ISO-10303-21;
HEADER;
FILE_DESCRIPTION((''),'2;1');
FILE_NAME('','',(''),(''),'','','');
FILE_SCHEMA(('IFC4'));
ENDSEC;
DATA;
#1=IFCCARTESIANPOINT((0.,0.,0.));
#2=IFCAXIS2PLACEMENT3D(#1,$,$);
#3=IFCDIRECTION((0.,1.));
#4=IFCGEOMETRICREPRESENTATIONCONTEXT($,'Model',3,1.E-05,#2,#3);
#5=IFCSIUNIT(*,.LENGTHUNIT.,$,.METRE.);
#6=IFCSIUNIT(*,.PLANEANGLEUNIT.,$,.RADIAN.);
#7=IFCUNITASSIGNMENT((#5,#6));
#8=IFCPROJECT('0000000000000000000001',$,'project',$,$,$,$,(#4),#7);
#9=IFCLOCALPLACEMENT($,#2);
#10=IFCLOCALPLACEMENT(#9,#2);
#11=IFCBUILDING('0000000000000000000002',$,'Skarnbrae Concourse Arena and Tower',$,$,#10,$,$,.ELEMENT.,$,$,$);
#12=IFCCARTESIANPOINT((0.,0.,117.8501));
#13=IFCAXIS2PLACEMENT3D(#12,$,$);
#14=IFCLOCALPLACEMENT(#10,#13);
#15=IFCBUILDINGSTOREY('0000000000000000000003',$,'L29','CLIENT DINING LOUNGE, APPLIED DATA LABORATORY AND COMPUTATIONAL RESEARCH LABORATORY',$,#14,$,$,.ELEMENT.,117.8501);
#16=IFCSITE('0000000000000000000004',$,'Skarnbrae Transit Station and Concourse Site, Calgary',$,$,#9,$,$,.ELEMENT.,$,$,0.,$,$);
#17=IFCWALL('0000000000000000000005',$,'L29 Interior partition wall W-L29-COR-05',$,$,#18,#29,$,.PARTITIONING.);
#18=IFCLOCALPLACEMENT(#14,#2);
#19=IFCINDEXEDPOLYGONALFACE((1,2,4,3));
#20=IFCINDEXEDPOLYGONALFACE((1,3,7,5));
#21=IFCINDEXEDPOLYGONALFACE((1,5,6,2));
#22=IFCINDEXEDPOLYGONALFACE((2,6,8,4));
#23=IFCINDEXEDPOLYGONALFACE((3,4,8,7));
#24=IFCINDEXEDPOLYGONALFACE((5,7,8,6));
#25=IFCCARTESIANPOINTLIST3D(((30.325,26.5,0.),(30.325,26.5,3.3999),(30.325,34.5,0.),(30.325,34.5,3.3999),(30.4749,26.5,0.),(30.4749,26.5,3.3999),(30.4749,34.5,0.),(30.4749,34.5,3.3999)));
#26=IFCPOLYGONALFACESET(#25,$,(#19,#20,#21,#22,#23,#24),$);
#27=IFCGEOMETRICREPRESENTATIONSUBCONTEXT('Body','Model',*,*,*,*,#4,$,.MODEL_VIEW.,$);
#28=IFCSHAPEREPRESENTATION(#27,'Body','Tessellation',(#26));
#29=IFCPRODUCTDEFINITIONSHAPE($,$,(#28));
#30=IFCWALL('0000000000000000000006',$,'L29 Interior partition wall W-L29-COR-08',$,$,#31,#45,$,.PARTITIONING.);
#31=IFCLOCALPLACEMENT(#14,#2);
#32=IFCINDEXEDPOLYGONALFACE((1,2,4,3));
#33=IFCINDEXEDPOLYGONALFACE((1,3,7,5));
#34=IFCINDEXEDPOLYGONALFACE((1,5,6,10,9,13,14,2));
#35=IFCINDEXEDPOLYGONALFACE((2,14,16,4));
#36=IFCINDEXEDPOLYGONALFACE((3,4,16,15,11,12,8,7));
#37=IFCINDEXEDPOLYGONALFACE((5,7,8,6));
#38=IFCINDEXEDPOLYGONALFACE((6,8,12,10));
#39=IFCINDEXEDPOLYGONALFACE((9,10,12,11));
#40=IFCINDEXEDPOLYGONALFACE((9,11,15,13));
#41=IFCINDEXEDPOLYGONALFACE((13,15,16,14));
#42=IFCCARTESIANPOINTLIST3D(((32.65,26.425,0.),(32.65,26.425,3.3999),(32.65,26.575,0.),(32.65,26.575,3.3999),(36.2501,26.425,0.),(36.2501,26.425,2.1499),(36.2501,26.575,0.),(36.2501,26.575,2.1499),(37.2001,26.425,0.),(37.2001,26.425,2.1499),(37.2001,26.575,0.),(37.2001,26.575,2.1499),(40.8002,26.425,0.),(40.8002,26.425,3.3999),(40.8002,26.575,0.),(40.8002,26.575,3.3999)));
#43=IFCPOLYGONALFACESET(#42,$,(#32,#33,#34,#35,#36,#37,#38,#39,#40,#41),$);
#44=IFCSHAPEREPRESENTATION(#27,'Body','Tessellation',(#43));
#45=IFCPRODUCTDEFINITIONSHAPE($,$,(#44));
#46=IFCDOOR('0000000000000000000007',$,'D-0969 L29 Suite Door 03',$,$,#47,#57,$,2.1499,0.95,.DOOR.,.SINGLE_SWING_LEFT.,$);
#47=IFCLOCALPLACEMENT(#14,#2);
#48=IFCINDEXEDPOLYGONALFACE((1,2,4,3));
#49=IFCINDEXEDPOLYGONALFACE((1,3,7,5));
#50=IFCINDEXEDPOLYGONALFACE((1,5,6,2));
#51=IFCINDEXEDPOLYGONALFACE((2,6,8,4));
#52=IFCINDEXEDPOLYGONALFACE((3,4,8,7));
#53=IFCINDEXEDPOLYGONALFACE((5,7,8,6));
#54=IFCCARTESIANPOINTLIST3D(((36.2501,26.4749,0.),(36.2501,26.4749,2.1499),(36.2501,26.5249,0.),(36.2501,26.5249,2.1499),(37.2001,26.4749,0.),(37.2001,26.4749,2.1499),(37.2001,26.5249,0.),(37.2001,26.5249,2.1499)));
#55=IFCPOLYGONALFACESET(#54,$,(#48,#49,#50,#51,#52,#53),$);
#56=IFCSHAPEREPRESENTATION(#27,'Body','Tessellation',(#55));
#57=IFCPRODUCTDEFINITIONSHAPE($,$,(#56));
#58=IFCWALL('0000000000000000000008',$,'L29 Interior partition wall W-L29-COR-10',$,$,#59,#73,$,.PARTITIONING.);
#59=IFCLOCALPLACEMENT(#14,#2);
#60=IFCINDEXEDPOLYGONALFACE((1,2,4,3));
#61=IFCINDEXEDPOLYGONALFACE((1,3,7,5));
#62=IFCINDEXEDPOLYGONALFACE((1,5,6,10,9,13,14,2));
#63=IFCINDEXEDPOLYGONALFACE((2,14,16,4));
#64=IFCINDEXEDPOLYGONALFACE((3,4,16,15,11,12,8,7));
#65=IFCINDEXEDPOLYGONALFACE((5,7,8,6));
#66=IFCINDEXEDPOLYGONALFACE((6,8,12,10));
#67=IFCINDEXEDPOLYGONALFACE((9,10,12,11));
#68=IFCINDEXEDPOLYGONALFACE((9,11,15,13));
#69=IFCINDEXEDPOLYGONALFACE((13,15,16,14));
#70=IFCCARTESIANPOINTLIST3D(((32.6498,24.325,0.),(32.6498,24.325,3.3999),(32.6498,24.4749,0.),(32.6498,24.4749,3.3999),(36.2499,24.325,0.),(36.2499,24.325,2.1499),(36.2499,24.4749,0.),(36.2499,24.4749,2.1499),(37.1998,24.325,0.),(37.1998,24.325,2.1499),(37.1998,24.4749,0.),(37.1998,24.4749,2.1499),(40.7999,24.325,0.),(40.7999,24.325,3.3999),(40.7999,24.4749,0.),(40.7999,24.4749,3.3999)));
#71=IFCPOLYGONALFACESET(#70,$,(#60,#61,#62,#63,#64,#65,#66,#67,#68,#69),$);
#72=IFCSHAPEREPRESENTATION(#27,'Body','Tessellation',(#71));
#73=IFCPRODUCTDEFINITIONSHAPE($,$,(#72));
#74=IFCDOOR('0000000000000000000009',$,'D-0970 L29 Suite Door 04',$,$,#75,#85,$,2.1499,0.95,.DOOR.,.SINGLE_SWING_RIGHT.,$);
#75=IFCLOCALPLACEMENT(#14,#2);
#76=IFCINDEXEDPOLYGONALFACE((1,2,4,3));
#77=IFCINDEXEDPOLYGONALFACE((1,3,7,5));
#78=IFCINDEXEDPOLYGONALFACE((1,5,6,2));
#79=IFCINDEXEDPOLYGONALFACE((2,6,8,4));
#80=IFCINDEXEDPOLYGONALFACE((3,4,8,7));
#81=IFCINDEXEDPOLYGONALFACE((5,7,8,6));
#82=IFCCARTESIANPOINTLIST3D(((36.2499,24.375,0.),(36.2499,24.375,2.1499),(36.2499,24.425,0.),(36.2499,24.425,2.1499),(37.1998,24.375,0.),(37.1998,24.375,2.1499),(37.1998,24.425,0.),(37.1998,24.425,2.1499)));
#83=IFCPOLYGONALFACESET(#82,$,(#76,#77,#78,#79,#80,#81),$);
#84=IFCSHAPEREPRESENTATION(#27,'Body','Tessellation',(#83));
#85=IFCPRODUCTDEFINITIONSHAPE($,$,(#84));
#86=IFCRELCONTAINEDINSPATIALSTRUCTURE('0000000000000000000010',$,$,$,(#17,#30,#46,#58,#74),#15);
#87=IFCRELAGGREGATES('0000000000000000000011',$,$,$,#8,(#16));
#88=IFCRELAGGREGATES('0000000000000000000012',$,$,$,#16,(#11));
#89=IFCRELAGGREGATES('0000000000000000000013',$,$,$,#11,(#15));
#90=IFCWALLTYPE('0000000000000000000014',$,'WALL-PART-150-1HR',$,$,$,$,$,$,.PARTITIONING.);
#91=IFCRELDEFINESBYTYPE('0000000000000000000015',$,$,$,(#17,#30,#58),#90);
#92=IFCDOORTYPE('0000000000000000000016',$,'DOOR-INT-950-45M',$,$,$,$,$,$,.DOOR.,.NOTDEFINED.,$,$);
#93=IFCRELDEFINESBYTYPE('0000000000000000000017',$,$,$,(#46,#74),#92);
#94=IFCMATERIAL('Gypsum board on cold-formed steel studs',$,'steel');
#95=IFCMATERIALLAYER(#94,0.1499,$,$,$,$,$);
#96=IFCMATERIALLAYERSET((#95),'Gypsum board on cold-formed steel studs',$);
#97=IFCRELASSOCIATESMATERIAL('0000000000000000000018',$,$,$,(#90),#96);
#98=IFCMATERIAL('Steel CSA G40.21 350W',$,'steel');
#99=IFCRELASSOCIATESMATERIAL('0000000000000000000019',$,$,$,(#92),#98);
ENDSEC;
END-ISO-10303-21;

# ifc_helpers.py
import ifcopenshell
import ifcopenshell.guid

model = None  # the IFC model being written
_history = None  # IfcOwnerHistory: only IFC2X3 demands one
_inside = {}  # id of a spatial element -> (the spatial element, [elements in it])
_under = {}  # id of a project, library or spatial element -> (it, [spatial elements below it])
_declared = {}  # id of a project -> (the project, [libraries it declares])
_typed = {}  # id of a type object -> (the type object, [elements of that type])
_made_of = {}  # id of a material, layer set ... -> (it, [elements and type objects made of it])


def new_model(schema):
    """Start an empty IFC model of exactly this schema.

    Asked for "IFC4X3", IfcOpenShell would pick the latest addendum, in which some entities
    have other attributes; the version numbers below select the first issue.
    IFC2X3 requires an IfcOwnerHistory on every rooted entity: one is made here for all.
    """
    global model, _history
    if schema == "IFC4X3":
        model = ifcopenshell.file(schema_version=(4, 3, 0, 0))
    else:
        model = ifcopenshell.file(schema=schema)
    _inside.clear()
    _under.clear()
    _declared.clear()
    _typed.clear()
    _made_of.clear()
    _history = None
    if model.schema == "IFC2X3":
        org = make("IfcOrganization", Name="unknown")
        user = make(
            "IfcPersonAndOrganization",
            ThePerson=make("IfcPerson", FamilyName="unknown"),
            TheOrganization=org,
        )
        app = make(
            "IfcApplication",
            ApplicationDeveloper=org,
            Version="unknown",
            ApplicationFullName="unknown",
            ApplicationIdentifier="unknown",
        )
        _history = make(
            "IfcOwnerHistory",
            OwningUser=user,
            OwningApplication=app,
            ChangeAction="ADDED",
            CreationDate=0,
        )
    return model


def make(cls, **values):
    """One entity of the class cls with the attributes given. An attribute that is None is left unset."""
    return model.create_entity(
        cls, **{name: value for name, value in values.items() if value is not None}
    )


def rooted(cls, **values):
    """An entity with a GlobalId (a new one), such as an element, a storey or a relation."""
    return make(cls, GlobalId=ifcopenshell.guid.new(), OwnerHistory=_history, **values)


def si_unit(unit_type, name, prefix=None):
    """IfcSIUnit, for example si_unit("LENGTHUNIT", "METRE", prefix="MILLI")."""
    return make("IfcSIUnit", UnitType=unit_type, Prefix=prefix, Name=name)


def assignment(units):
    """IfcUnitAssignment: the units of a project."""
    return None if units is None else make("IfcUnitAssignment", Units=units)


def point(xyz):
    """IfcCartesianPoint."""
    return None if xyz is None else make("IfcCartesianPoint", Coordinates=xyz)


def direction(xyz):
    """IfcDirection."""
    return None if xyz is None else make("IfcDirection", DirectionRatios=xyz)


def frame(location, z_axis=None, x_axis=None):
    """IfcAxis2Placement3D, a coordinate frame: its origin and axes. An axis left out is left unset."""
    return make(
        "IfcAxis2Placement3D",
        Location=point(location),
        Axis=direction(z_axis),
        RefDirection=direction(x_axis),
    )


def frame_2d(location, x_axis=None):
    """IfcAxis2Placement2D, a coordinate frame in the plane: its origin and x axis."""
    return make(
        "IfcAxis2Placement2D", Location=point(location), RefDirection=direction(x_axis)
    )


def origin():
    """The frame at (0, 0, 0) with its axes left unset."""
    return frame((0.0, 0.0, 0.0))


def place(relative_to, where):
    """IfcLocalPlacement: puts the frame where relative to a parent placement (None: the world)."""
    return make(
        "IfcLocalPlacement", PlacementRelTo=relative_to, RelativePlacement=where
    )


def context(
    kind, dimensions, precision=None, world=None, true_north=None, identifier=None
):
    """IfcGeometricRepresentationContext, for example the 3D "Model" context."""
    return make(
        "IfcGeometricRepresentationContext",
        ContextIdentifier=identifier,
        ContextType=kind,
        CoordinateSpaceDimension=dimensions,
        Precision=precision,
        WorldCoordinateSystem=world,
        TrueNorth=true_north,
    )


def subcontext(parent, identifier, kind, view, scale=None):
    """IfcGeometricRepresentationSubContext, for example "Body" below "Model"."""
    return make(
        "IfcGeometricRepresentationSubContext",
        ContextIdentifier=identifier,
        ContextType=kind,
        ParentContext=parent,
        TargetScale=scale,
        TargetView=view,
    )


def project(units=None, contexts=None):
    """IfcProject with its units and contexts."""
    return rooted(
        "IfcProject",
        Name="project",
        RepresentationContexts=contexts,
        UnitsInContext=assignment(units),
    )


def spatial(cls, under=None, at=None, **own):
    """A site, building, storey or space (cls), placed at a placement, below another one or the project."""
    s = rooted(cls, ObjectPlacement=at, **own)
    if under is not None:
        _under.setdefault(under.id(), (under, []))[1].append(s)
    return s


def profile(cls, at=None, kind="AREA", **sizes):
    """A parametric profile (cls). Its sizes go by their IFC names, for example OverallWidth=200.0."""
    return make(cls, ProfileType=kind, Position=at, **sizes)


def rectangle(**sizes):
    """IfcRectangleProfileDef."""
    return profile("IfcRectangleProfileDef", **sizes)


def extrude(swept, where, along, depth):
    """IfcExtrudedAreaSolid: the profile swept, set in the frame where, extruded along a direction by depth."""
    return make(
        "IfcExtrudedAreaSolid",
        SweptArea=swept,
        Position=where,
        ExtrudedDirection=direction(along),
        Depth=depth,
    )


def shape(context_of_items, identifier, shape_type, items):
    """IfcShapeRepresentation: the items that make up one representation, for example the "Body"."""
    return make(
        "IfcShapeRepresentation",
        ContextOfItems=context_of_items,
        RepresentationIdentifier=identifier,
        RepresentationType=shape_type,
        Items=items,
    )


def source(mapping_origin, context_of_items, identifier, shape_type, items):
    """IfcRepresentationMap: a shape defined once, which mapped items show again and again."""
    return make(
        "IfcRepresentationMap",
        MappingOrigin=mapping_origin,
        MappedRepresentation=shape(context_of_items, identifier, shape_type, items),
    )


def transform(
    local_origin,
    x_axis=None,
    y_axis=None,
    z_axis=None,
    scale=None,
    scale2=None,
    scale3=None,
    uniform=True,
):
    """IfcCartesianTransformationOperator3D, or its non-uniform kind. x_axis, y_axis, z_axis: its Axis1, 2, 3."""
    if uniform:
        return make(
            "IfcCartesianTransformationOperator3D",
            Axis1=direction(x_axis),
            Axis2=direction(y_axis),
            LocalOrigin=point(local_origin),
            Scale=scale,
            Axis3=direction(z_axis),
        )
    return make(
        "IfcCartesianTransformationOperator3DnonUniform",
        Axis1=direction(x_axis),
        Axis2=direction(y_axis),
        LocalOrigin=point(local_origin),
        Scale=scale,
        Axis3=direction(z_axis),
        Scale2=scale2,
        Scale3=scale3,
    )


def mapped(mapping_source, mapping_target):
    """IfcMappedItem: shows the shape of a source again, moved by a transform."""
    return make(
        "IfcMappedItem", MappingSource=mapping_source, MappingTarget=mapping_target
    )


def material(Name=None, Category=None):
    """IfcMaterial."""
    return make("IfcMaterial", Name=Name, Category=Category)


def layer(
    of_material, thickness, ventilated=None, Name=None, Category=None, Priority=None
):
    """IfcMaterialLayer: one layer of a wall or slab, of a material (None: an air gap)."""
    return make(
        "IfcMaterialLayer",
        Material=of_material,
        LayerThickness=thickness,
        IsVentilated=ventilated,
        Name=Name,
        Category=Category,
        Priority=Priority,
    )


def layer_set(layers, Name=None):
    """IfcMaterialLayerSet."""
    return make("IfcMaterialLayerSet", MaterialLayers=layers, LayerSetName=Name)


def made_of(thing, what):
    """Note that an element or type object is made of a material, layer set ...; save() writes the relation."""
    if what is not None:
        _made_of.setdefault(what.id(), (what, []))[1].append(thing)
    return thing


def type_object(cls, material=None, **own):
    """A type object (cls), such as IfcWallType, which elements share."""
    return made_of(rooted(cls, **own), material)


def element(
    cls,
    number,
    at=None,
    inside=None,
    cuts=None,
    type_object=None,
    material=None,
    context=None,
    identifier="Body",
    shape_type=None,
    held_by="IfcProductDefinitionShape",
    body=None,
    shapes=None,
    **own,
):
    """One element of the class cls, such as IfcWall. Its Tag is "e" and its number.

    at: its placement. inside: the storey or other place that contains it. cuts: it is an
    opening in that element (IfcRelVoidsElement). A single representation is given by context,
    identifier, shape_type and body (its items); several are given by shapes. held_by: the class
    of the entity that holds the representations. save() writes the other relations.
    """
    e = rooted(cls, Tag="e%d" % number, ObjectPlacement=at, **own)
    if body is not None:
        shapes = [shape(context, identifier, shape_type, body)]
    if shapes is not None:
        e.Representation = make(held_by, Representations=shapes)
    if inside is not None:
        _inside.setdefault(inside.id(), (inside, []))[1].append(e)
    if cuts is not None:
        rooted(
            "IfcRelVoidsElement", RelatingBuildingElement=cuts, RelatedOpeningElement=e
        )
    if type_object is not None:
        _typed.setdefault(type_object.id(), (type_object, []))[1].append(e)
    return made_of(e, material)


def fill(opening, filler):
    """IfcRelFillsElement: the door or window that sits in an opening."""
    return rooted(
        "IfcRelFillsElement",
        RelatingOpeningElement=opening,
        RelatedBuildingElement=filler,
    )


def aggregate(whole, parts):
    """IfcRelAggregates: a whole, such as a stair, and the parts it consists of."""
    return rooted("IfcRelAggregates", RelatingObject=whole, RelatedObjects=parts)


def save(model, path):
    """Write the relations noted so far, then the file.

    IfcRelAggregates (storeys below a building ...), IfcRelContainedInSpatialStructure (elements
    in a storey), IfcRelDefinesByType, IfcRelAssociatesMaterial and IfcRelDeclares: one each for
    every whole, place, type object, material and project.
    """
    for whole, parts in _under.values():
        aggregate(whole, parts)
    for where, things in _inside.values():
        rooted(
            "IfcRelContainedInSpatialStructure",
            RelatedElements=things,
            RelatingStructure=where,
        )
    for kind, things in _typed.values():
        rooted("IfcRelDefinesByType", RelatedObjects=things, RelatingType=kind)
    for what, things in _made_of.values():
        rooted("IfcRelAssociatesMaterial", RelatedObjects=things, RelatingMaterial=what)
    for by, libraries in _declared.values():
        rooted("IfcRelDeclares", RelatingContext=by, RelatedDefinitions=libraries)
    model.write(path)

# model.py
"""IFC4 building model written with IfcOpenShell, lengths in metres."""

from ifc_helpers import new_model, si_unit, direction, frame, frame_2d, origin, place, context, subcontext, project, spatial, rectangle, extrude, source, transform, mapped, material, layer, layer_set, type_object, element, fill, save


model = new_model("IFC4")

# Units and contexts
model_context = context("Model", 3, precision=1e-05, world=origin(), true_north=direction((0.0, 1.0)))
body_context = subcontext(model_context, "Body", "Model", "MODEL_VIEW")
ifc_project = project(units=[si_unit("LENGTHUNIT", "METRE"), si_unit("PLANEANGLEUNIT", "RADIAN")], contexts=[model_context])

# Site, building, storey
site_placement = place(None, origin())
site = spatial("IfcSite", under=ifc_project, at=site_placement, Name="Skarnbrae Transit Station and Concourse Site, Calgary", CompositionType="ELEMENT", RefElevation=0.0)
building_placement = place(site_placement, origin())
building = spatial("IfcBuilding", under=site, at=building_placement, Name="Skarnbrae Concourse Arena and Tower", CompositionType="ELEMENT")
storey_placement = place(building_placement, frame((0.0, 0.0, 117.8501)))
storey = spatial("IfcBuildingStorey", under=building, at=storey_placement, Name="L29", Description="CLIENT DINING LOUNGE, APPLIED DATA LABORATORY AND COMPUTATIONAL RESEARCH LABORATORY", CompositionType="ELEMENT", Elevation=117.8501)

# Shared definitions
ifc_material_1 = material(Name="Steel CSA G40.21 350W", Category="steel")

# Wall
ifc_material_2 = material(Name="Gypsum board on cold-formed steel studs", Category="steel")
ifc_layer = layer(ifc_material_2, 0.1499)
ifc_layer_set = layer_set([ifc_layer], Name="Gypsum board on cold-formed steel studs")
wall_type = type_object("IfcWallType", Name="WALL-PART-150-1HR", PredefinedType="PARTITIONING", material=ifc_layer_set)
shared_shape_1 = source(origin(), body_context, "Body", "SweptSolid", [
    extrude(rectangle(XDim=8.0, YDim=0.1499, at=frame_2d((4.0, 0.0))), origin(), (0.0, 0.0, 1.0), 3.3999),
])
wall_1_placement = place(storey_placement, frame((30.3999, 26.5, 0.0), z_axis=(0.0, 0.0, 1.0), x_axis=(0.0, 1.0, 0.0)))
element("IfcWall", 1, at=wall_1_placement, inside=storey, type_object=wall_type, Name="L29 Interior partition wall W-L29-COR-05", PredefinedType="PARTITIONING", context=body_context, shape_type="MappedRepresentation", body=[
    mapped(shared_shape_1, transform((0.0, 0.0, 0.0))),
])

# Walls, openings, doors
shared_shape_2 = source(origin(), body_context, "Body", "SweptSolid", [
    extrude(rectangle(XDim=8.1501, YDim=0.1499, at=frame_2d((4.0752, 0.0))), origin(), (0.0, 0.0, 1.0), 3.3999),
])
wall_2_placement = place(storey_placement, frame((32.6499, 26.5, 0.0), z_axis=(0.0, 0.0, 1.0), x_axis=(1.0, 0.0, 0.0)))
wall_2 = element("IfcWall", 2, at=wall_2_placement, inside=storey, type_object=wall_type, Name="L29 Interior partition wall W-L29-COR-08", PredefinedType="PARTITIONING", context=body_context, shape_type="MappedRepresentation", body=[
    mapped(shared_shape_2, transform((0.0, 0.0, 0.0))),
])
opening_1_placement = place(wall_2_placement, frame((3.6001, 0.0, 0.0)))
opening_1 = element("IfcOpeningElement", 3, at=opening_1_placement, cuts=wall_2, PredefinedType="OPENING", context=body_context, shape_type="SweptSolid", body=[
    extrude(rectangle(XDim=0.95, YDim=2.1499, at=frame_2d((0.4751, 1.075))), frame((0.0, 0.085, 0.0), z_axis=(0.0, -1.0, 0.0), x_axis=(1.0, 0.0, 0.0)), (0.0, 0.0, 1.0), 0.1699),
])
door_type = type_object("IfcDoorType", Name="DOOR-INT-950-45M", OperationType="NOTDEFINED", PredefinedType="DOOR", material=ifc_material_1)
shared_shape_3 = source(origin(), body_context, "Body", "SweptSolid", [
    extrude(rectangle(XDim=0.95, YDim=2.1499, at=frame_2d((0.4751, 1.075))), frame((0.0, 0.0249, 0.0), z_axis=(0.0, -1.0, 0.0), x_axis=(1.0, 0.0, 0.0)), (0.0, 0.0, 1.0), 0.05),
])
door_1_placement = place(opening_1_placement, origin())
door_1 = element("IfcDoor", 4, at=door_1_placement, inside=storey, type_object=door_type, Name="D-0969 L29 Suite Door 03", OperationType="SINGLE_SWING_LEFT", OverallHeight=2.1499, OverallWidth=0.95, PredefinedType="DOOR", context=body_context, shape_type="MappedRepresentation", body=[
    mapped(shared_shape_3, transform((0.0, 0.0, 0.0))),
])
fill(opening_1, door_1)
wall_3_placement = place(storey_placement, frame((40.8, 24.3999, 0.0), z_axis=(0.0, 0.0, 1.0), x_axis=(-1.0, 0.0, 0.0)))
wall_3 = element("IfcWall", 5, at=wall_3_placement, inside=storey, type_object=wall_type, Name="L29 Interior partition wall W-L29-COR-10", PredefinedType="PARTITIONING", context=body_context, shape_type="MappedRepresentation", body=[
    mapped(shared_shape_2, transform((0.0, 0.0, 0.0))),
])
opening_2_placement = place(wall_3_placement, frame((3.6001, 0.0, 0.0)))
opening_2 = element("IfcOpeningElement", 6, at=opening_2_placement, cuts=wall_3, PredefinedType="OPENING", context=body_context, shape_type="SweptSolid", body=[
    extrude(rectangle(XDim=0.95, YDim=2.1499, at=frame_2d((0.4751, 1.075))), frame((0.0, 0.085, 0.0), z_axis=(0.0, -1.0, 0.0), x_axis=(1.0, 0.0, 0.0)), (0.0, 0.0, 1.0), 0.1699),
])
door_2_placement = place(opening_2_placement, origin())
door_2 = element("IfcDoor", 7, at=door_2_placement, inside=storey, type_object=door_type, Name="D-0970 L29 Suite Door 04", OperationType="SINGLE_SWING_RIGHT", OverallHeight=2.1499, OverallWidth=0.95, PredefinedType="DOOR", context=body_context, shape_type="MappedRepresentation", body=[
    mapped(shared_shape_3, transform((0.0, 0.0, 0.0))),
])
fill(opening_2, door_2)

save(model, "model.ifc")
